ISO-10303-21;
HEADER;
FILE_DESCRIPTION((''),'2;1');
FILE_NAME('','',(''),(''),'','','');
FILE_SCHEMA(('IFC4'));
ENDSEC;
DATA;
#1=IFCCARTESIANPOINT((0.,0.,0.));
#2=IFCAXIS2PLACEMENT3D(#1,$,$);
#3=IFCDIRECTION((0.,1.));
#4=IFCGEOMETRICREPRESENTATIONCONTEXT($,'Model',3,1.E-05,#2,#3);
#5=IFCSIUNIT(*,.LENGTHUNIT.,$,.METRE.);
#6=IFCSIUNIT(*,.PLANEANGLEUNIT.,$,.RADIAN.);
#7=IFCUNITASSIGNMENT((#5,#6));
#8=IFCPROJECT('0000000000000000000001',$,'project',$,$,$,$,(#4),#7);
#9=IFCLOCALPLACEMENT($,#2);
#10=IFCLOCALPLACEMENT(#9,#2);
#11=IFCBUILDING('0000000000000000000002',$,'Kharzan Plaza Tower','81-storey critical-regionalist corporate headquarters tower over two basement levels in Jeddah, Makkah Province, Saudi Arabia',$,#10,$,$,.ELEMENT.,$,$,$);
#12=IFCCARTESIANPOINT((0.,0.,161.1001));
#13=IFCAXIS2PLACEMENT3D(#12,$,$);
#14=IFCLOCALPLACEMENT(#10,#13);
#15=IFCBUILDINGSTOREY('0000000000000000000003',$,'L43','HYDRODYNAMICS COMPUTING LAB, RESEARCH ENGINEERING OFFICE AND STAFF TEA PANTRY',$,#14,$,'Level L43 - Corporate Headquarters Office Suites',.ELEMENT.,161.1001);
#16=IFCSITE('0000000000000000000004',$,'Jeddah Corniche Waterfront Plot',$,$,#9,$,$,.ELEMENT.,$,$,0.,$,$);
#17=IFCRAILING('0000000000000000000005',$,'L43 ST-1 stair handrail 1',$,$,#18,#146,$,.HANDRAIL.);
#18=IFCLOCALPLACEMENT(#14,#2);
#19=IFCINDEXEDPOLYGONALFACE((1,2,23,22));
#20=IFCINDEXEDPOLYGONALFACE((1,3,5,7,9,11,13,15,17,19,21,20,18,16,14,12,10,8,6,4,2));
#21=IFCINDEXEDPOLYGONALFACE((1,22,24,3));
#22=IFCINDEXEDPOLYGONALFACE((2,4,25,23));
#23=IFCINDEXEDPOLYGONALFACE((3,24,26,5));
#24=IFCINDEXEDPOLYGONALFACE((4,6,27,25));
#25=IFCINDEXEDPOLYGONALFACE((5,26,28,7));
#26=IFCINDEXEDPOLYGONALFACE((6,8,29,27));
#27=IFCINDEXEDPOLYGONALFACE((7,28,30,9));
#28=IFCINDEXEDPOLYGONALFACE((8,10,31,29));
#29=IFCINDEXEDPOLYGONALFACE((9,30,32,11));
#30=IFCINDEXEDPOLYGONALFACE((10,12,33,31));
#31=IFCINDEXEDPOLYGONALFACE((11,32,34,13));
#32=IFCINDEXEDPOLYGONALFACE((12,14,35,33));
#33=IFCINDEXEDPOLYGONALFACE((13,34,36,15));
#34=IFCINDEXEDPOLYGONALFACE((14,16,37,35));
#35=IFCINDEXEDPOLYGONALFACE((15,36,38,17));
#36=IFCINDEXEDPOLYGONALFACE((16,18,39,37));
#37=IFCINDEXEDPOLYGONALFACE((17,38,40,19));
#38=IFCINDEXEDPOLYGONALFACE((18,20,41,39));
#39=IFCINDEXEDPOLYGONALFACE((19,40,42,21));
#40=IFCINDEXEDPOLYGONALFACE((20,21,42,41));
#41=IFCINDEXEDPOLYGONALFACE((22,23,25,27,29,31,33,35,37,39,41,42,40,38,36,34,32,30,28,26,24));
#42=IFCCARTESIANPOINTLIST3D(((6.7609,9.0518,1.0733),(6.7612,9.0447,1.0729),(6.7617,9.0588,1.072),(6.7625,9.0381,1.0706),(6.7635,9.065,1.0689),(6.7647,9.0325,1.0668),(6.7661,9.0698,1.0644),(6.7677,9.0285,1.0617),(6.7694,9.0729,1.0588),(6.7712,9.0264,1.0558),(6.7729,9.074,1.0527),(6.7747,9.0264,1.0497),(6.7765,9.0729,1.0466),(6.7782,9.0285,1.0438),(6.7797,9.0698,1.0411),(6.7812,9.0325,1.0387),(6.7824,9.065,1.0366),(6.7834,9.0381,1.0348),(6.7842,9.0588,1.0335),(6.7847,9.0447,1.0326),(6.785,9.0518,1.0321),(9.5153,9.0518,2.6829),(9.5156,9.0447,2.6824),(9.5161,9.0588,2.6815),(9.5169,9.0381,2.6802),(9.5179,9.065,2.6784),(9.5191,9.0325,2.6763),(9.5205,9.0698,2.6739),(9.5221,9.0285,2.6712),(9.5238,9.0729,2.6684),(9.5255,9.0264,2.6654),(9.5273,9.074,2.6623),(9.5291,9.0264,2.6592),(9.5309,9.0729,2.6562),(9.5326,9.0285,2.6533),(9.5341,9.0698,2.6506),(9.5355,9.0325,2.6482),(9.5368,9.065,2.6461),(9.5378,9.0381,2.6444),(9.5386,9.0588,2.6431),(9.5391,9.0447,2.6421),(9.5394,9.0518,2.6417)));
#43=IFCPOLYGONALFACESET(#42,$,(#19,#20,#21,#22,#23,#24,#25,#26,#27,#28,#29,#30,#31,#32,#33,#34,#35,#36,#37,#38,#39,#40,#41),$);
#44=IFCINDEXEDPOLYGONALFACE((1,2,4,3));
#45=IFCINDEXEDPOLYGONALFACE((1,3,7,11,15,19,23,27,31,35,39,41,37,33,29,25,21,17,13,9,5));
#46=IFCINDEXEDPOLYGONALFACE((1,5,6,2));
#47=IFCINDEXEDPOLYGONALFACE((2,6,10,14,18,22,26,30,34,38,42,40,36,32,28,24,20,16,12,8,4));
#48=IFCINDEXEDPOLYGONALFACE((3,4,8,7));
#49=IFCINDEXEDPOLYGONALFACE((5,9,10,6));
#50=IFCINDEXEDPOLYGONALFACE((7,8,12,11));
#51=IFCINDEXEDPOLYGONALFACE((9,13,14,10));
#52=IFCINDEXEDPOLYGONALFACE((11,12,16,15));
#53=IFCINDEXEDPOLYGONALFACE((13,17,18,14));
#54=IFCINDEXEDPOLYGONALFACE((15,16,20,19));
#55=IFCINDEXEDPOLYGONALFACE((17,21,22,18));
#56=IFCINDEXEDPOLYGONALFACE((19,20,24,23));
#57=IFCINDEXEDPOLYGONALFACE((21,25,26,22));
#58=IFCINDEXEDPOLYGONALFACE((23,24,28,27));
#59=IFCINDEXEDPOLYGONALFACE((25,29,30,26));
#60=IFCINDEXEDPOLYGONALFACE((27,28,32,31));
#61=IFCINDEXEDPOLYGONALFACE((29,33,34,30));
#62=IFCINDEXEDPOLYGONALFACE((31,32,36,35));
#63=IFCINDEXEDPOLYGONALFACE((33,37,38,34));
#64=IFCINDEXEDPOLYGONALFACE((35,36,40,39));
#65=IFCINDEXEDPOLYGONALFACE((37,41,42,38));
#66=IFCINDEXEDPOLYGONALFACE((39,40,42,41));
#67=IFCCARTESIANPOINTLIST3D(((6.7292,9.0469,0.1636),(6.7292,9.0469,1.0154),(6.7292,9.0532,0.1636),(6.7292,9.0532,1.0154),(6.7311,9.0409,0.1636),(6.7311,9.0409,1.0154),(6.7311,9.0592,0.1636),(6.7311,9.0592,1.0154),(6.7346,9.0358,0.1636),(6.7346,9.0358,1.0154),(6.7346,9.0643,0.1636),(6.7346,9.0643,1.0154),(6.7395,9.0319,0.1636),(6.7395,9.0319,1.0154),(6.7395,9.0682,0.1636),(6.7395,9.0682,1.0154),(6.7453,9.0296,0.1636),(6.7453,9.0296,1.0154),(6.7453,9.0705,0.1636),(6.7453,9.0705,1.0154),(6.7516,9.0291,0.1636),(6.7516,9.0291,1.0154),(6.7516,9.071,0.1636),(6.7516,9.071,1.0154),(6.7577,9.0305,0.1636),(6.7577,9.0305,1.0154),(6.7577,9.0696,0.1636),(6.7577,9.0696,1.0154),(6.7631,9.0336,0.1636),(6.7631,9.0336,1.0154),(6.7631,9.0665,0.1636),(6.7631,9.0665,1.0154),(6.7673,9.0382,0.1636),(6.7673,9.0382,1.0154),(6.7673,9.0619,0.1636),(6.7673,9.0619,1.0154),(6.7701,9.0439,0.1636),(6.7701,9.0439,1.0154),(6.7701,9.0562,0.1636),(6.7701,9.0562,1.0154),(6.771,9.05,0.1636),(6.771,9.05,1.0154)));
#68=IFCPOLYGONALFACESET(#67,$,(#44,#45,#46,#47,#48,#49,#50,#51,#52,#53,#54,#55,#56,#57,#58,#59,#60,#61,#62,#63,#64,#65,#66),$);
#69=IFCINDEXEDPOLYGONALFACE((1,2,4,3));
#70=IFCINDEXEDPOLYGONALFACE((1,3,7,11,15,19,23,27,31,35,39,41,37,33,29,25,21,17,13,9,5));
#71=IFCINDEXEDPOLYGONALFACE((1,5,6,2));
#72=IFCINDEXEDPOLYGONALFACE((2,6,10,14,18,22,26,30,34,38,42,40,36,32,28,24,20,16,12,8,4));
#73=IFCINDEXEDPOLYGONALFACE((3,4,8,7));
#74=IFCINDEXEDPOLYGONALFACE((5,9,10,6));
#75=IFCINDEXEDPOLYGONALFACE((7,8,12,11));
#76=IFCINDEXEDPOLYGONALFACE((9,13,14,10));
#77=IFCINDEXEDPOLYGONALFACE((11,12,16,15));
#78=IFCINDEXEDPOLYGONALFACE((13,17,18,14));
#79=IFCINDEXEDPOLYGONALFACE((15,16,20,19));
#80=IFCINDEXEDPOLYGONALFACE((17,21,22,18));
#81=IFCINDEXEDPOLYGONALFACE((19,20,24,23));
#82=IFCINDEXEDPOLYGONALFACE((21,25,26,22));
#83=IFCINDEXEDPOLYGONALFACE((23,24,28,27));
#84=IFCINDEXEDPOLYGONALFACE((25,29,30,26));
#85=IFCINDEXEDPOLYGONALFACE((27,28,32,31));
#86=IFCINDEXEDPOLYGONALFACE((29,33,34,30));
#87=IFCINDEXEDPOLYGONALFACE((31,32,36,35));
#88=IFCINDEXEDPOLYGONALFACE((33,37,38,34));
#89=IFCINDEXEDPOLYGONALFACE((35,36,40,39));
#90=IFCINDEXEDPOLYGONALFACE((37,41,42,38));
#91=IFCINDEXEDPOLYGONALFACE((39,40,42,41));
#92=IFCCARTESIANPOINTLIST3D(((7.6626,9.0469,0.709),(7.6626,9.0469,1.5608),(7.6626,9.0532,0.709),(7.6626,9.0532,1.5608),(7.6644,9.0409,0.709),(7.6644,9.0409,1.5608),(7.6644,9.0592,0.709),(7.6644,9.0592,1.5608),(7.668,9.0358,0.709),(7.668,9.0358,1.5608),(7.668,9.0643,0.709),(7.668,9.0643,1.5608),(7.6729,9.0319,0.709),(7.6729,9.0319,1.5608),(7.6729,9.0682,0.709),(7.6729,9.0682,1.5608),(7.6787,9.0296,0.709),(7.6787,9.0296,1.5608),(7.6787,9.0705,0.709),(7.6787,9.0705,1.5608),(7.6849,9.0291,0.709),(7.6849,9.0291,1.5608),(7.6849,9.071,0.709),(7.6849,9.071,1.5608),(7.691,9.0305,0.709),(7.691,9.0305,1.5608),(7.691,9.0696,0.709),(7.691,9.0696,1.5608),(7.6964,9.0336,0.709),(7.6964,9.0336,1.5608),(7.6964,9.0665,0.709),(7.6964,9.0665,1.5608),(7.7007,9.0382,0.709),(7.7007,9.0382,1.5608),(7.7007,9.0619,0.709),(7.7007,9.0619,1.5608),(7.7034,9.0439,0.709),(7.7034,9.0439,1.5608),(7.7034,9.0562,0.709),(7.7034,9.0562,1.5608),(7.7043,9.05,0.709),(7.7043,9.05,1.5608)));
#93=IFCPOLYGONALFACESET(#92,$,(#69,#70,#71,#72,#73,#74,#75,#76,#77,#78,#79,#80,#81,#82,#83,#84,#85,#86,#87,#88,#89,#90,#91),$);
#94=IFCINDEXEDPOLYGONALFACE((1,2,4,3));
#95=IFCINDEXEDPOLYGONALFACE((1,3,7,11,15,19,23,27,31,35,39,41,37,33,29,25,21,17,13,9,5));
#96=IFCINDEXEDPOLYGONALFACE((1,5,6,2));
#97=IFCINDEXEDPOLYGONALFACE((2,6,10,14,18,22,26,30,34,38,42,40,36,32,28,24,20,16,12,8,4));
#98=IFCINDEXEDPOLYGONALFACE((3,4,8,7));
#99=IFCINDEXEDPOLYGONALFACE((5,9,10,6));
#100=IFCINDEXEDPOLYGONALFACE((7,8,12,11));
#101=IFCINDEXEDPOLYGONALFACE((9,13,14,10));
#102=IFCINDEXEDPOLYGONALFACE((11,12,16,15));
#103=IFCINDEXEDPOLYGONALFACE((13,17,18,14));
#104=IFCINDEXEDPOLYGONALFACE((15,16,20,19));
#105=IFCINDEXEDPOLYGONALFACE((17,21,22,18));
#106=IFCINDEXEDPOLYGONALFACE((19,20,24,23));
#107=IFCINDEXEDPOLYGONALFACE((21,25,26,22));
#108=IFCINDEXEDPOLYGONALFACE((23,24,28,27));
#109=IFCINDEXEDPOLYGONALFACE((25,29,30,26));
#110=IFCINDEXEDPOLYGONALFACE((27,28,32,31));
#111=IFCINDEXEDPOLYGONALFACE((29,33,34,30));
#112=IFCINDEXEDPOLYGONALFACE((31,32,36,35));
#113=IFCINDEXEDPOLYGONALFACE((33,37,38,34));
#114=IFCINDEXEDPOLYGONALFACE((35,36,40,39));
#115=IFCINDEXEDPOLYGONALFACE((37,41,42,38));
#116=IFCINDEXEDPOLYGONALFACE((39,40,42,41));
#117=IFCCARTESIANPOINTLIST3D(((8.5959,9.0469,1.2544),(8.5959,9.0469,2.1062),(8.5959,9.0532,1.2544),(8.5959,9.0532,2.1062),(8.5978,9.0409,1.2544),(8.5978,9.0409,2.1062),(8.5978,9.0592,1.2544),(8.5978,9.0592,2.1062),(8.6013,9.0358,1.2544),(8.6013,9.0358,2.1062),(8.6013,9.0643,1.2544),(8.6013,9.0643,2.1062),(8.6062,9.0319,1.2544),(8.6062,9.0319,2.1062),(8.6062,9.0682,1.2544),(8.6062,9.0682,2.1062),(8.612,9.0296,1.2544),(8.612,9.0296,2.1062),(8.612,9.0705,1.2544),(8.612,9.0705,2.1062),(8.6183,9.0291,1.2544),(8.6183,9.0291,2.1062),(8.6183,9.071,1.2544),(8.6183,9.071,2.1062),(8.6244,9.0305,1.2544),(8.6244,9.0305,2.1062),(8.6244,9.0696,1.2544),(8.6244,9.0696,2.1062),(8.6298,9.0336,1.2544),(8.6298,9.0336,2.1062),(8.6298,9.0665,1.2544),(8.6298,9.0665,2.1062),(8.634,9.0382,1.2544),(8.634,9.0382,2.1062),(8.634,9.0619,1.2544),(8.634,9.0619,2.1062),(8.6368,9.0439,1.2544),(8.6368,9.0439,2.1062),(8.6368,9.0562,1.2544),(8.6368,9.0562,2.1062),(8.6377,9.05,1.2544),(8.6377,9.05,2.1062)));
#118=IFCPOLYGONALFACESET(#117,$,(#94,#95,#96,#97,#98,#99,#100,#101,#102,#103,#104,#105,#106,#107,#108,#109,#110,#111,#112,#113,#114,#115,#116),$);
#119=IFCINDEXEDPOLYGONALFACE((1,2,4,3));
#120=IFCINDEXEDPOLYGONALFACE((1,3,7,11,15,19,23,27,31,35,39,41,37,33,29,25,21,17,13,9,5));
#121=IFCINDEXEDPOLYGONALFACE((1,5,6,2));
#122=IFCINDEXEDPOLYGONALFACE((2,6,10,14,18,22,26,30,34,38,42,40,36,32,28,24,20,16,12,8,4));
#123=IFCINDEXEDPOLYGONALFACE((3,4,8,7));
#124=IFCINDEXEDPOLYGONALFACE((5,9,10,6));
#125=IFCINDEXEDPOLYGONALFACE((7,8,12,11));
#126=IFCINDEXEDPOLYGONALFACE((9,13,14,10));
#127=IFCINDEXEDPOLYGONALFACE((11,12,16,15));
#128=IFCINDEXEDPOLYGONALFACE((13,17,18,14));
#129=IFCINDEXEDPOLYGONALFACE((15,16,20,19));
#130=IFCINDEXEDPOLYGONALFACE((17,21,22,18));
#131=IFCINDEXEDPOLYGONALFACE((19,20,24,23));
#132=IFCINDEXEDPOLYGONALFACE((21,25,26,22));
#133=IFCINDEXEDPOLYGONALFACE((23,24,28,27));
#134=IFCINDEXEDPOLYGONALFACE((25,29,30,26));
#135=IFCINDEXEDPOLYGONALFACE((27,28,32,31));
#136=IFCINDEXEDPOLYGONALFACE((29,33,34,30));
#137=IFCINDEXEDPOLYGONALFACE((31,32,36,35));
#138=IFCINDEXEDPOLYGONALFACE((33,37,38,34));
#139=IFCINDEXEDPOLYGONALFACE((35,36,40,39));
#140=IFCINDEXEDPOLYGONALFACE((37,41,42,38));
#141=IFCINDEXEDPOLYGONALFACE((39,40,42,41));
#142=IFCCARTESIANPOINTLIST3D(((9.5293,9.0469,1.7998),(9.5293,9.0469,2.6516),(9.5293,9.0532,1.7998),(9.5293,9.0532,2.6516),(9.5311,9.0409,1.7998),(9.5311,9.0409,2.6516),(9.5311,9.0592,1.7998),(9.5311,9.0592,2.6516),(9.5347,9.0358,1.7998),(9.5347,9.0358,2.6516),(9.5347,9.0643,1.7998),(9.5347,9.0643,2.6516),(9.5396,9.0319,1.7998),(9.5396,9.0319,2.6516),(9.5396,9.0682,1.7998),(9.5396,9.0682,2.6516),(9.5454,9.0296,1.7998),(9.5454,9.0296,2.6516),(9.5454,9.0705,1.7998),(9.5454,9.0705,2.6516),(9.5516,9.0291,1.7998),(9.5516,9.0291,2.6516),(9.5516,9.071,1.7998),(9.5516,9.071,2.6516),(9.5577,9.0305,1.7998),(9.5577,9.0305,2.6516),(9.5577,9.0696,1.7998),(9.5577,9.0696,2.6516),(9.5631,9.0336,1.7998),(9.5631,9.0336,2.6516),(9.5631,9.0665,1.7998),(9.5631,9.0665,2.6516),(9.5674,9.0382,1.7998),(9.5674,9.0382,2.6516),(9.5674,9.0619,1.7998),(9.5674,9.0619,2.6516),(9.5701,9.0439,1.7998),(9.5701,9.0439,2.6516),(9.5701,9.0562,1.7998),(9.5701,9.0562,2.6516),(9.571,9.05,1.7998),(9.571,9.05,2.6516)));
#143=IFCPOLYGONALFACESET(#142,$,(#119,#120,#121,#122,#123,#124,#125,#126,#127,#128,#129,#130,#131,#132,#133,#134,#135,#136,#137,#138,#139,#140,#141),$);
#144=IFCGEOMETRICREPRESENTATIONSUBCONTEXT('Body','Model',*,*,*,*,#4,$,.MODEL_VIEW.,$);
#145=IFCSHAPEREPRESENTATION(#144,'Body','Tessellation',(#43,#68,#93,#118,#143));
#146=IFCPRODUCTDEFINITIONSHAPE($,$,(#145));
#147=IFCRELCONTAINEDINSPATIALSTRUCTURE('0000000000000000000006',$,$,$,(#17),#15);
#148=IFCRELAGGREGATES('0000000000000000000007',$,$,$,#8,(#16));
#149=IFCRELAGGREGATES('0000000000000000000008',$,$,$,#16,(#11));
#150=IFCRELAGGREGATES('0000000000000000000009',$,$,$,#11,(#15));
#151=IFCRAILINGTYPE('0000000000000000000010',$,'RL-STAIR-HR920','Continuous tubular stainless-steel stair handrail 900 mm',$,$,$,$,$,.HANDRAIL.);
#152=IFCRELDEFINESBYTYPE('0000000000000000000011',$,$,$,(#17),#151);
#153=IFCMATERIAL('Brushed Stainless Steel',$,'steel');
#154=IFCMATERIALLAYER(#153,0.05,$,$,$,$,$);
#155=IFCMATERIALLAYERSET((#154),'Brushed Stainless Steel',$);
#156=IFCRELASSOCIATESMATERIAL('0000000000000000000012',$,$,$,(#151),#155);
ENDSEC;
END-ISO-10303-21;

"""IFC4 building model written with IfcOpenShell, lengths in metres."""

from ifc_helpers import new_model, si_unit, direction, frame, origin, origin_2d, place, context, subcontext, project, spatial, circle, extrude, source, transform, mapped, material, layer, layer_set, type_object, element, save


model = new_model("IFC4")

# Units and contexts
model_context = context("Model", 3, precision=1e-05, world=origin(), true_north=direction((0.0, 1.0)))
body_context = subcontext(model_context, "Body", "Model", "MODEL_VIEW")
ifc_project = project(units=[si_unit("LENGTHUNIT", "METRE"), si_unit("PLANEANGLEUNIT", "RADIAN")], contexts=[model_context])

# Site, building, storey
site_placement = place(None, origin())
site = spatial("IfcSite", under=ifc_project, at=site_placement, Name="Jeddah Corniche Waterfront Plot", CompositionType="ELEMENT", RefElevation=0.0)
building_placement = place(site_placement, origin())
building = spatial("IfcBuilding", under=site, at=building_placement, Name="Kharzan Plaza Tower", Description="81-storey critical-regionalist corporate headquarters tower over two basement levels in Jeddah, Makkah Province, Saudi Arabia", CompositionType="ELEMENT")
storey_placement = place(building_placement, frame((0.0, 0.0, 161.1001)))
storey = spatial("IfcBuildingStorey", under=building, at=storey_placement, Name="L43", Description="HYDRODYNAMICS COMPUTING LAB, RESEARCH ENGINEERING OFFICE AND STAFF TEA PANTRY", LongName="Level L43 - Corporate Headquarters Office Suites", CompositionType="ELEMENT", Elevation=161.1001)

# Railing
ifc_material_1 = material(Name="Brushed Stainless Steel", Category="steel")
ifc_layer_1 = layer(ifc_material_1, 0.05)
ifc_layer_set_1 = layer_set([ifc_layer_1], Name="Brushed Stainless Steel")
railing_type_1 = type_object("IfcRailingType", Name="RL-STAIR-HR920", Description="Continuous tubular stainless-steel stair handrail 900 mm", PredefinedType="HANDRAIL", material=ifc_layer_set_1)
shared_shape_1 = source(origin(), body_context, "Body", "SweptSolid", [
    extrude(circle(Radius=0.0239, at=origin_2d()), frame((0.0229, 0.0, 0.8892), z_axis=(0.863394, 0.0, 0.504531), x_axis=(0.0, 1.0, 0.0)), (0.0, 0.0, 1.0), 3.1902),
    extrude(circle(Radius=0.021, at=origin_2d()), origin(), (0.0, 0.0, 1.0), 0.8518),
    extrude(circle(Radius=0.021, at=origin_2d()), frame((0.9333, 0.0, 0.5454)), (0.0, 0.0, 1.0), 0.8518),
    extrude(circle(Radius=0.021, at=origin_2d()), frame((1.8667, 0.0, 1.0908)), (0.0, 0.0, 1.0), 0.8518),
    extrude(circle(Radius=0.021, at=origin_2d()), frame((2.8, 0.0, 1.6362)), (0.0, 0.0, 1.0), 0.8518),
])
railing_1_placement = place(storey_placement, frame((6.75, 9.05, 0.1636)))
element("IfcRailing", 1, at=railing_1_placement, inside=storey, type_object=railing_type_1, Name="L43 ST-1 stair handrail 1", PredefinedType="HANDRAIL", context=body_context, shape_type="MappedRepresentation", body=[
    mapped(shared_shape_1, transform((0.0, 0.0, 0.0), x_axis=(1.0, 0.0, 0.0), y_axis=(0.0, 1.0, 0.0), z_axis=(0.0, 0.0, 1.0))),
])

save(model, "model.ifc")
